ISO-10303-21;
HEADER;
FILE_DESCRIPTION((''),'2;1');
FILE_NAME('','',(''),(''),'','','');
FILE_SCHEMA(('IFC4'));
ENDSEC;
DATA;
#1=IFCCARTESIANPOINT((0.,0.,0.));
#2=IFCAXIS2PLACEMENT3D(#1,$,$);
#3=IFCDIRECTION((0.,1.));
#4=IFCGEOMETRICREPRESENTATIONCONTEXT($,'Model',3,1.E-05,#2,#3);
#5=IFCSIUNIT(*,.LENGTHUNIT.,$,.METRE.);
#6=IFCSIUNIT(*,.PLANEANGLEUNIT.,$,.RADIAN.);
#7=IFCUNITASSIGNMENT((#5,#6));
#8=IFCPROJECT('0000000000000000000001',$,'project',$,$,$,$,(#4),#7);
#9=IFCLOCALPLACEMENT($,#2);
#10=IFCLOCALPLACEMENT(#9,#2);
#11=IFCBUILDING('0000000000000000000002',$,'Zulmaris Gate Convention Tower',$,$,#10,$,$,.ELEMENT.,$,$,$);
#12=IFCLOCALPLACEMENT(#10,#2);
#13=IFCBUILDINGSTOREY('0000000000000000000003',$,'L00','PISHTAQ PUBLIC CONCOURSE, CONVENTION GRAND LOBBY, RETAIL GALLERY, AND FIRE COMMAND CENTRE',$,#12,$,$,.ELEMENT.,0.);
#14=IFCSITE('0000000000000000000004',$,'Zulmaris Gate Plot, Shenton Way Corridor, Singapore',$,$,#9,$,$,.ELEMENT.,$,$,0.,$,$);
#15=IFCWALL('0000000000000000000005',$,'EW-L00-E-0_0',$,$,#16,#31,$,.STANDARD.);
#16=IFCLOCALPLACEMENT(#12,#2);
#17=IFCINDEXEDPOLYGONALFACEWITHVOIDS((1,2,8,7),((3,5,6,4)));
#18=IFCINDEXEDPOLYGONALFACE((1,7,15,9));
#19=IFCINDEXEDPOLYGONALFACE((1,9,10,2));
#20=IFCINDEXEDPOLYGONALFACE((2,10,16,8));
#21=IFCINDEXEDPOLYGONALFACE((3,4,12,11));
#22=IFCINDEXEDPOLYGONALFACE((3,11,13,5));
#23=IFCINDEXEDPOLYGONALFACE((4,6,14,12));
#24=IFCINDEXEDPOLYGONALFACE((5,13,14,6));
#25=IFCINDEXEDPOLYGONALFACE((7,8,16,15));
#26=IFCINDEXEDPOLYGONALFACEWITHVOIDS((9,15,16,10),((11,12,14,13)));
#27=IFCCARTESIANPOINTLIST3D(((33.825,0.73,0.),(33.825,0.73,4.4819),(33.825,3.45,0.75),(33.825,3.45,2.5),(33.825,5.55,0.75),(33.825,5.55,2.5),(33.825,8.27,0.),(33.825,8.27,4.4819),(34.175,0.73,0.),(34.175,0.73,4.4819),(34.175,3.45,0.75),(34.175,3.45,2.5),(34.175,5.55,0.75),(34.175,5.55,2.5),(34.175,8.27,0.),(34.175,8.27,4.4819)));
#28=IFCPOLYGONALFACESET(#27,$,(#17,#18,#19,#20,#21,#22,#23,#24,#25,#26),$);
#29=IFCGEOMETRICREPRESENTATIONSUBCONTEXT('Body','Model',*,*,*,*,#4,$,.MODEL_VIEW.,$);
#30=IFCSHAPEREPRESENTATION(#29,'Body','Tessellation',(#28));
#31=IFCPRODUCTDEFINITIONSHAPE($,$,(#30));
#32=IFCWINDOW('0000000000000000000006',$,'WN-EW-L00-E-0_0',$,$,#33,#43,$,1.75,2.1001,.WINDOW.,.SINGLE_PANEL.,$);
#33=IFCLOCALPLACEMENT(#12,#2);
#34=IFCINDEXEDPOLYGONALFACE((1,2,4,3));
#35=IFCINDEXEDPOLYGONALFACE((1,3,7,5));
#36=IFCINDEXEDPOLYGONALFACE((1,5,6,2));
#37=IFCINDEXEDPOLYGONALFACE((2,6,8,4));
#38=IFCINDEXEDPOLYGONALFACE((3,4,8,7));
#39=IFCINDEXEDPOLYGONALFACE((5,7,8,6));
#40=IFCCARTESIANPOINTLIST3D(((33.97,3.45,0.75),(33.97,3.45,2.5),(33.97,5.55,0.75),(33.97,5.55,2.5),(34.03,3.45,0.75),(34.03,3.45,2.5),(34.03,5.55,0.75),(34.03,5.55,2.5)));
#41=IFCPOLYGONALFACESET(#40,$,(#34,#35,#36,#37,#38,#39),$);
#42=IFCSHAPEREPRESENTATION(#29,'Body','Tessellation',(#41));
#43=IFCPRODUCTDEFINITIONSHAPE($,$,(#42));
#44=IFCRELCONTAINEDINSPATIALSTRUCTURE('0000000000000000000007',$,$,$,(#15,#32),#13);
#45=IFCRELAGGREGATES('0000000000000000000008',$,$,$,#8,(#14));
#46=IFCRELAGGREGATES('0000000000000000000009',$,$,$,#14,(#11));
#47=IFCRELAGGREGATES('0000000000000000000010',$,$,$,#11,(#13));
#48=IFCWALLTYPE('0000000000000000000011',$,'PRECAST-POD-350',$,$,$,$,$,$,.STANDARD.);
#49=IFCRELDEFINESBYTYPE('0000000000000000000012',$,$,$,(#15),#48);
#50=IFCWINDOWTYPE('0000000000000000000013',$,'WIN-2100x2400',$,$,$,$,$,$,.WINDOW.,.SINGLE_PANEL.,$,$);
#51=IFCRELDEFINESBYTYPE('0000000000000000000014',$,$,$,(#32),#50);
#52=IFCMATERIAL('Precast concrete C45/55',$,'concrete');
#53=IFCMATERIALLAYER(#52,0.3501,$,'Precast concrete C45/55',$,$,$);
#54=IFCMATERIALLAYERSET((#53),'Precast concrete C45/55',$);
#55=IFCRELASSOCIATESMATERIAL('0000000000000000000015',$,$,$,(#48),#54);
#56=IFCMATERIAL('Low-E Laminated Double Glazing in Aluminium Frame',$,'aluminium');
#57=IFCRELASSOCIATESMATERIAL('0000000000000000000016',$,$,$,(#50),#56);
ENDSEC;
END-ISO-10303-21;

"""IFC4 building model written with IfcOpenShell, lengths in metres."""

from ifc_helpers import new_model, si_unit, direction, frame, frame_2d, origin, place, context, subcontext, project, spatial, rectangle, extrude, material, layer, layer_set, type_object, element, fill, save


model = new_model("IFC4")

# Units and contexts
model_context = context("Model", 3, precision=1e-05, world=origin(), true_north=direction((0.0, 1.0)))
body_context = subcontext(model_context, "Body", "Model", "MODEL_VIEW")
ifc_project = project(units=[si_unit("LENGTHUNIT", "METRE"), si_unit("PLANEANGLEUNIT", "RADIAN")], contexts=[model_context])

# Site, building, storey
site_placement = place(None, origin())
site = spatial("IfcSite", under=ifc_project, at=site_placement, Name="Zulmaris Gate Plot, Shenton Way Corridor, Singapore", CompositionType="ELEMENT", RefElevation=0.0)
building_placement = place(site_placement, origin())
building = spatial("IfcBuilding", under=site, at=building_placement, Name="Zulmaris Gate Convention Tower", CompositionType="ELEMENT")
storey_placement = place(building_placement, origin())
storey = spatial("IfcBuildingStorey", under=building, at=storey_placement, Name="L00", Description="PISHTAQ PUBLIC CONCOURSE, CONVENTION GRAND LOBBY, RETAIL GALLERY, AND FIRE COMMAND CENTRE", CompositionType="ELEMENT", Elevation=0.0)

# Wall, opening, window
ifc_material_1 = material(Name="Precast concrete C45/55", Category="concrete")
ifc_layer_1 = layer(ifc_material_1, 0.3501, Name="Precast concrete C45/55")
ifc_layer_set_1 = layer_set([ifc_layer_1], Name="Precast concrete C45/55")
wall_type_1 = type_object("IfcWallType", Name="PRECAST-POD-350", PredefinedType="STANDARD", material=ifc_layer_set_1)
wall_1_placement = place(storey_placement, frame((34.0, 8.27, 0.0), z_axis=(0.0, 0.0, 1.0), x_axis=(0.0, -1.0, 0.0)))
wall_1 = element("IfcWall", 1, at=wall_1_placement, inside=storey, type_object=wall_type_1, Name="EW-L00-E-0_0", PredefinedType="STANDARD", context=body_context, shape_type="SweptSolid", body=[
    extrude(rectangle(XDim=7.54, YDim=0.3501, at=frame_2d((3.77, 0.0))), origin(), (0.0, 0.0, 1.0), 4.4819),
])
opening_1_placement = place(wall_1_placement, frame((2.72, 0.0, 0.75)))
opening_1 = element("IfcOpeningElement", 2, at=opening_1_placement, cuts=wall_1, PredefinedType="OPENING", context=body_context, shape_type="SweptSolid", body=[
    extrude(rectangle(XDim=2.1001, YDim=1.75, at=frame_2d((1.05, 0.875))), frame((0.0, 0.1851, 0.0), z_axis=(0.0, -1.0, 0.0), x_axis=(1.0, 0.0, 0.0)), (0.0, 0.0, 1.0), 0.3701),
])
ifc_material_2 = material(Name="Low-E Laminated Double Glazing in Aluminium Frame", Category="aluminium")
window_type = type_object("IfcWindowType", Name="WIN-2100x2400", PartitioningType="SINGLE_PANEL", PredefinedType="WINDOW", material=ifc_material_2)
window_placement = place(opening_1_placement, origin())
window = element("IfcWindow", 3, at=window_placement, inside=storey, type_object=window_type, Name="WN-EW-L00-E-0_0", OverallHeight=1.75, OverallWidth=2.1001, PartitioningType="SINGLE_PANEL", PredefinedType="WINDOW", context=body_context, shape_type="SweptSolid", body=[
    extrude(rectangle(XDim=2.1001, YDim=1.75, at=frame_2d((1.05, 0.875))), frame((0.0, 0.03, 0.0), z_axis=(0.0, -1.0, 0.0), x_axis=(1.0, 0.0, 0.0)), (0.0, 0.0, 1.0), 0.0601),
])
fill(opening_1, window)

save(model, "model.ifc")
